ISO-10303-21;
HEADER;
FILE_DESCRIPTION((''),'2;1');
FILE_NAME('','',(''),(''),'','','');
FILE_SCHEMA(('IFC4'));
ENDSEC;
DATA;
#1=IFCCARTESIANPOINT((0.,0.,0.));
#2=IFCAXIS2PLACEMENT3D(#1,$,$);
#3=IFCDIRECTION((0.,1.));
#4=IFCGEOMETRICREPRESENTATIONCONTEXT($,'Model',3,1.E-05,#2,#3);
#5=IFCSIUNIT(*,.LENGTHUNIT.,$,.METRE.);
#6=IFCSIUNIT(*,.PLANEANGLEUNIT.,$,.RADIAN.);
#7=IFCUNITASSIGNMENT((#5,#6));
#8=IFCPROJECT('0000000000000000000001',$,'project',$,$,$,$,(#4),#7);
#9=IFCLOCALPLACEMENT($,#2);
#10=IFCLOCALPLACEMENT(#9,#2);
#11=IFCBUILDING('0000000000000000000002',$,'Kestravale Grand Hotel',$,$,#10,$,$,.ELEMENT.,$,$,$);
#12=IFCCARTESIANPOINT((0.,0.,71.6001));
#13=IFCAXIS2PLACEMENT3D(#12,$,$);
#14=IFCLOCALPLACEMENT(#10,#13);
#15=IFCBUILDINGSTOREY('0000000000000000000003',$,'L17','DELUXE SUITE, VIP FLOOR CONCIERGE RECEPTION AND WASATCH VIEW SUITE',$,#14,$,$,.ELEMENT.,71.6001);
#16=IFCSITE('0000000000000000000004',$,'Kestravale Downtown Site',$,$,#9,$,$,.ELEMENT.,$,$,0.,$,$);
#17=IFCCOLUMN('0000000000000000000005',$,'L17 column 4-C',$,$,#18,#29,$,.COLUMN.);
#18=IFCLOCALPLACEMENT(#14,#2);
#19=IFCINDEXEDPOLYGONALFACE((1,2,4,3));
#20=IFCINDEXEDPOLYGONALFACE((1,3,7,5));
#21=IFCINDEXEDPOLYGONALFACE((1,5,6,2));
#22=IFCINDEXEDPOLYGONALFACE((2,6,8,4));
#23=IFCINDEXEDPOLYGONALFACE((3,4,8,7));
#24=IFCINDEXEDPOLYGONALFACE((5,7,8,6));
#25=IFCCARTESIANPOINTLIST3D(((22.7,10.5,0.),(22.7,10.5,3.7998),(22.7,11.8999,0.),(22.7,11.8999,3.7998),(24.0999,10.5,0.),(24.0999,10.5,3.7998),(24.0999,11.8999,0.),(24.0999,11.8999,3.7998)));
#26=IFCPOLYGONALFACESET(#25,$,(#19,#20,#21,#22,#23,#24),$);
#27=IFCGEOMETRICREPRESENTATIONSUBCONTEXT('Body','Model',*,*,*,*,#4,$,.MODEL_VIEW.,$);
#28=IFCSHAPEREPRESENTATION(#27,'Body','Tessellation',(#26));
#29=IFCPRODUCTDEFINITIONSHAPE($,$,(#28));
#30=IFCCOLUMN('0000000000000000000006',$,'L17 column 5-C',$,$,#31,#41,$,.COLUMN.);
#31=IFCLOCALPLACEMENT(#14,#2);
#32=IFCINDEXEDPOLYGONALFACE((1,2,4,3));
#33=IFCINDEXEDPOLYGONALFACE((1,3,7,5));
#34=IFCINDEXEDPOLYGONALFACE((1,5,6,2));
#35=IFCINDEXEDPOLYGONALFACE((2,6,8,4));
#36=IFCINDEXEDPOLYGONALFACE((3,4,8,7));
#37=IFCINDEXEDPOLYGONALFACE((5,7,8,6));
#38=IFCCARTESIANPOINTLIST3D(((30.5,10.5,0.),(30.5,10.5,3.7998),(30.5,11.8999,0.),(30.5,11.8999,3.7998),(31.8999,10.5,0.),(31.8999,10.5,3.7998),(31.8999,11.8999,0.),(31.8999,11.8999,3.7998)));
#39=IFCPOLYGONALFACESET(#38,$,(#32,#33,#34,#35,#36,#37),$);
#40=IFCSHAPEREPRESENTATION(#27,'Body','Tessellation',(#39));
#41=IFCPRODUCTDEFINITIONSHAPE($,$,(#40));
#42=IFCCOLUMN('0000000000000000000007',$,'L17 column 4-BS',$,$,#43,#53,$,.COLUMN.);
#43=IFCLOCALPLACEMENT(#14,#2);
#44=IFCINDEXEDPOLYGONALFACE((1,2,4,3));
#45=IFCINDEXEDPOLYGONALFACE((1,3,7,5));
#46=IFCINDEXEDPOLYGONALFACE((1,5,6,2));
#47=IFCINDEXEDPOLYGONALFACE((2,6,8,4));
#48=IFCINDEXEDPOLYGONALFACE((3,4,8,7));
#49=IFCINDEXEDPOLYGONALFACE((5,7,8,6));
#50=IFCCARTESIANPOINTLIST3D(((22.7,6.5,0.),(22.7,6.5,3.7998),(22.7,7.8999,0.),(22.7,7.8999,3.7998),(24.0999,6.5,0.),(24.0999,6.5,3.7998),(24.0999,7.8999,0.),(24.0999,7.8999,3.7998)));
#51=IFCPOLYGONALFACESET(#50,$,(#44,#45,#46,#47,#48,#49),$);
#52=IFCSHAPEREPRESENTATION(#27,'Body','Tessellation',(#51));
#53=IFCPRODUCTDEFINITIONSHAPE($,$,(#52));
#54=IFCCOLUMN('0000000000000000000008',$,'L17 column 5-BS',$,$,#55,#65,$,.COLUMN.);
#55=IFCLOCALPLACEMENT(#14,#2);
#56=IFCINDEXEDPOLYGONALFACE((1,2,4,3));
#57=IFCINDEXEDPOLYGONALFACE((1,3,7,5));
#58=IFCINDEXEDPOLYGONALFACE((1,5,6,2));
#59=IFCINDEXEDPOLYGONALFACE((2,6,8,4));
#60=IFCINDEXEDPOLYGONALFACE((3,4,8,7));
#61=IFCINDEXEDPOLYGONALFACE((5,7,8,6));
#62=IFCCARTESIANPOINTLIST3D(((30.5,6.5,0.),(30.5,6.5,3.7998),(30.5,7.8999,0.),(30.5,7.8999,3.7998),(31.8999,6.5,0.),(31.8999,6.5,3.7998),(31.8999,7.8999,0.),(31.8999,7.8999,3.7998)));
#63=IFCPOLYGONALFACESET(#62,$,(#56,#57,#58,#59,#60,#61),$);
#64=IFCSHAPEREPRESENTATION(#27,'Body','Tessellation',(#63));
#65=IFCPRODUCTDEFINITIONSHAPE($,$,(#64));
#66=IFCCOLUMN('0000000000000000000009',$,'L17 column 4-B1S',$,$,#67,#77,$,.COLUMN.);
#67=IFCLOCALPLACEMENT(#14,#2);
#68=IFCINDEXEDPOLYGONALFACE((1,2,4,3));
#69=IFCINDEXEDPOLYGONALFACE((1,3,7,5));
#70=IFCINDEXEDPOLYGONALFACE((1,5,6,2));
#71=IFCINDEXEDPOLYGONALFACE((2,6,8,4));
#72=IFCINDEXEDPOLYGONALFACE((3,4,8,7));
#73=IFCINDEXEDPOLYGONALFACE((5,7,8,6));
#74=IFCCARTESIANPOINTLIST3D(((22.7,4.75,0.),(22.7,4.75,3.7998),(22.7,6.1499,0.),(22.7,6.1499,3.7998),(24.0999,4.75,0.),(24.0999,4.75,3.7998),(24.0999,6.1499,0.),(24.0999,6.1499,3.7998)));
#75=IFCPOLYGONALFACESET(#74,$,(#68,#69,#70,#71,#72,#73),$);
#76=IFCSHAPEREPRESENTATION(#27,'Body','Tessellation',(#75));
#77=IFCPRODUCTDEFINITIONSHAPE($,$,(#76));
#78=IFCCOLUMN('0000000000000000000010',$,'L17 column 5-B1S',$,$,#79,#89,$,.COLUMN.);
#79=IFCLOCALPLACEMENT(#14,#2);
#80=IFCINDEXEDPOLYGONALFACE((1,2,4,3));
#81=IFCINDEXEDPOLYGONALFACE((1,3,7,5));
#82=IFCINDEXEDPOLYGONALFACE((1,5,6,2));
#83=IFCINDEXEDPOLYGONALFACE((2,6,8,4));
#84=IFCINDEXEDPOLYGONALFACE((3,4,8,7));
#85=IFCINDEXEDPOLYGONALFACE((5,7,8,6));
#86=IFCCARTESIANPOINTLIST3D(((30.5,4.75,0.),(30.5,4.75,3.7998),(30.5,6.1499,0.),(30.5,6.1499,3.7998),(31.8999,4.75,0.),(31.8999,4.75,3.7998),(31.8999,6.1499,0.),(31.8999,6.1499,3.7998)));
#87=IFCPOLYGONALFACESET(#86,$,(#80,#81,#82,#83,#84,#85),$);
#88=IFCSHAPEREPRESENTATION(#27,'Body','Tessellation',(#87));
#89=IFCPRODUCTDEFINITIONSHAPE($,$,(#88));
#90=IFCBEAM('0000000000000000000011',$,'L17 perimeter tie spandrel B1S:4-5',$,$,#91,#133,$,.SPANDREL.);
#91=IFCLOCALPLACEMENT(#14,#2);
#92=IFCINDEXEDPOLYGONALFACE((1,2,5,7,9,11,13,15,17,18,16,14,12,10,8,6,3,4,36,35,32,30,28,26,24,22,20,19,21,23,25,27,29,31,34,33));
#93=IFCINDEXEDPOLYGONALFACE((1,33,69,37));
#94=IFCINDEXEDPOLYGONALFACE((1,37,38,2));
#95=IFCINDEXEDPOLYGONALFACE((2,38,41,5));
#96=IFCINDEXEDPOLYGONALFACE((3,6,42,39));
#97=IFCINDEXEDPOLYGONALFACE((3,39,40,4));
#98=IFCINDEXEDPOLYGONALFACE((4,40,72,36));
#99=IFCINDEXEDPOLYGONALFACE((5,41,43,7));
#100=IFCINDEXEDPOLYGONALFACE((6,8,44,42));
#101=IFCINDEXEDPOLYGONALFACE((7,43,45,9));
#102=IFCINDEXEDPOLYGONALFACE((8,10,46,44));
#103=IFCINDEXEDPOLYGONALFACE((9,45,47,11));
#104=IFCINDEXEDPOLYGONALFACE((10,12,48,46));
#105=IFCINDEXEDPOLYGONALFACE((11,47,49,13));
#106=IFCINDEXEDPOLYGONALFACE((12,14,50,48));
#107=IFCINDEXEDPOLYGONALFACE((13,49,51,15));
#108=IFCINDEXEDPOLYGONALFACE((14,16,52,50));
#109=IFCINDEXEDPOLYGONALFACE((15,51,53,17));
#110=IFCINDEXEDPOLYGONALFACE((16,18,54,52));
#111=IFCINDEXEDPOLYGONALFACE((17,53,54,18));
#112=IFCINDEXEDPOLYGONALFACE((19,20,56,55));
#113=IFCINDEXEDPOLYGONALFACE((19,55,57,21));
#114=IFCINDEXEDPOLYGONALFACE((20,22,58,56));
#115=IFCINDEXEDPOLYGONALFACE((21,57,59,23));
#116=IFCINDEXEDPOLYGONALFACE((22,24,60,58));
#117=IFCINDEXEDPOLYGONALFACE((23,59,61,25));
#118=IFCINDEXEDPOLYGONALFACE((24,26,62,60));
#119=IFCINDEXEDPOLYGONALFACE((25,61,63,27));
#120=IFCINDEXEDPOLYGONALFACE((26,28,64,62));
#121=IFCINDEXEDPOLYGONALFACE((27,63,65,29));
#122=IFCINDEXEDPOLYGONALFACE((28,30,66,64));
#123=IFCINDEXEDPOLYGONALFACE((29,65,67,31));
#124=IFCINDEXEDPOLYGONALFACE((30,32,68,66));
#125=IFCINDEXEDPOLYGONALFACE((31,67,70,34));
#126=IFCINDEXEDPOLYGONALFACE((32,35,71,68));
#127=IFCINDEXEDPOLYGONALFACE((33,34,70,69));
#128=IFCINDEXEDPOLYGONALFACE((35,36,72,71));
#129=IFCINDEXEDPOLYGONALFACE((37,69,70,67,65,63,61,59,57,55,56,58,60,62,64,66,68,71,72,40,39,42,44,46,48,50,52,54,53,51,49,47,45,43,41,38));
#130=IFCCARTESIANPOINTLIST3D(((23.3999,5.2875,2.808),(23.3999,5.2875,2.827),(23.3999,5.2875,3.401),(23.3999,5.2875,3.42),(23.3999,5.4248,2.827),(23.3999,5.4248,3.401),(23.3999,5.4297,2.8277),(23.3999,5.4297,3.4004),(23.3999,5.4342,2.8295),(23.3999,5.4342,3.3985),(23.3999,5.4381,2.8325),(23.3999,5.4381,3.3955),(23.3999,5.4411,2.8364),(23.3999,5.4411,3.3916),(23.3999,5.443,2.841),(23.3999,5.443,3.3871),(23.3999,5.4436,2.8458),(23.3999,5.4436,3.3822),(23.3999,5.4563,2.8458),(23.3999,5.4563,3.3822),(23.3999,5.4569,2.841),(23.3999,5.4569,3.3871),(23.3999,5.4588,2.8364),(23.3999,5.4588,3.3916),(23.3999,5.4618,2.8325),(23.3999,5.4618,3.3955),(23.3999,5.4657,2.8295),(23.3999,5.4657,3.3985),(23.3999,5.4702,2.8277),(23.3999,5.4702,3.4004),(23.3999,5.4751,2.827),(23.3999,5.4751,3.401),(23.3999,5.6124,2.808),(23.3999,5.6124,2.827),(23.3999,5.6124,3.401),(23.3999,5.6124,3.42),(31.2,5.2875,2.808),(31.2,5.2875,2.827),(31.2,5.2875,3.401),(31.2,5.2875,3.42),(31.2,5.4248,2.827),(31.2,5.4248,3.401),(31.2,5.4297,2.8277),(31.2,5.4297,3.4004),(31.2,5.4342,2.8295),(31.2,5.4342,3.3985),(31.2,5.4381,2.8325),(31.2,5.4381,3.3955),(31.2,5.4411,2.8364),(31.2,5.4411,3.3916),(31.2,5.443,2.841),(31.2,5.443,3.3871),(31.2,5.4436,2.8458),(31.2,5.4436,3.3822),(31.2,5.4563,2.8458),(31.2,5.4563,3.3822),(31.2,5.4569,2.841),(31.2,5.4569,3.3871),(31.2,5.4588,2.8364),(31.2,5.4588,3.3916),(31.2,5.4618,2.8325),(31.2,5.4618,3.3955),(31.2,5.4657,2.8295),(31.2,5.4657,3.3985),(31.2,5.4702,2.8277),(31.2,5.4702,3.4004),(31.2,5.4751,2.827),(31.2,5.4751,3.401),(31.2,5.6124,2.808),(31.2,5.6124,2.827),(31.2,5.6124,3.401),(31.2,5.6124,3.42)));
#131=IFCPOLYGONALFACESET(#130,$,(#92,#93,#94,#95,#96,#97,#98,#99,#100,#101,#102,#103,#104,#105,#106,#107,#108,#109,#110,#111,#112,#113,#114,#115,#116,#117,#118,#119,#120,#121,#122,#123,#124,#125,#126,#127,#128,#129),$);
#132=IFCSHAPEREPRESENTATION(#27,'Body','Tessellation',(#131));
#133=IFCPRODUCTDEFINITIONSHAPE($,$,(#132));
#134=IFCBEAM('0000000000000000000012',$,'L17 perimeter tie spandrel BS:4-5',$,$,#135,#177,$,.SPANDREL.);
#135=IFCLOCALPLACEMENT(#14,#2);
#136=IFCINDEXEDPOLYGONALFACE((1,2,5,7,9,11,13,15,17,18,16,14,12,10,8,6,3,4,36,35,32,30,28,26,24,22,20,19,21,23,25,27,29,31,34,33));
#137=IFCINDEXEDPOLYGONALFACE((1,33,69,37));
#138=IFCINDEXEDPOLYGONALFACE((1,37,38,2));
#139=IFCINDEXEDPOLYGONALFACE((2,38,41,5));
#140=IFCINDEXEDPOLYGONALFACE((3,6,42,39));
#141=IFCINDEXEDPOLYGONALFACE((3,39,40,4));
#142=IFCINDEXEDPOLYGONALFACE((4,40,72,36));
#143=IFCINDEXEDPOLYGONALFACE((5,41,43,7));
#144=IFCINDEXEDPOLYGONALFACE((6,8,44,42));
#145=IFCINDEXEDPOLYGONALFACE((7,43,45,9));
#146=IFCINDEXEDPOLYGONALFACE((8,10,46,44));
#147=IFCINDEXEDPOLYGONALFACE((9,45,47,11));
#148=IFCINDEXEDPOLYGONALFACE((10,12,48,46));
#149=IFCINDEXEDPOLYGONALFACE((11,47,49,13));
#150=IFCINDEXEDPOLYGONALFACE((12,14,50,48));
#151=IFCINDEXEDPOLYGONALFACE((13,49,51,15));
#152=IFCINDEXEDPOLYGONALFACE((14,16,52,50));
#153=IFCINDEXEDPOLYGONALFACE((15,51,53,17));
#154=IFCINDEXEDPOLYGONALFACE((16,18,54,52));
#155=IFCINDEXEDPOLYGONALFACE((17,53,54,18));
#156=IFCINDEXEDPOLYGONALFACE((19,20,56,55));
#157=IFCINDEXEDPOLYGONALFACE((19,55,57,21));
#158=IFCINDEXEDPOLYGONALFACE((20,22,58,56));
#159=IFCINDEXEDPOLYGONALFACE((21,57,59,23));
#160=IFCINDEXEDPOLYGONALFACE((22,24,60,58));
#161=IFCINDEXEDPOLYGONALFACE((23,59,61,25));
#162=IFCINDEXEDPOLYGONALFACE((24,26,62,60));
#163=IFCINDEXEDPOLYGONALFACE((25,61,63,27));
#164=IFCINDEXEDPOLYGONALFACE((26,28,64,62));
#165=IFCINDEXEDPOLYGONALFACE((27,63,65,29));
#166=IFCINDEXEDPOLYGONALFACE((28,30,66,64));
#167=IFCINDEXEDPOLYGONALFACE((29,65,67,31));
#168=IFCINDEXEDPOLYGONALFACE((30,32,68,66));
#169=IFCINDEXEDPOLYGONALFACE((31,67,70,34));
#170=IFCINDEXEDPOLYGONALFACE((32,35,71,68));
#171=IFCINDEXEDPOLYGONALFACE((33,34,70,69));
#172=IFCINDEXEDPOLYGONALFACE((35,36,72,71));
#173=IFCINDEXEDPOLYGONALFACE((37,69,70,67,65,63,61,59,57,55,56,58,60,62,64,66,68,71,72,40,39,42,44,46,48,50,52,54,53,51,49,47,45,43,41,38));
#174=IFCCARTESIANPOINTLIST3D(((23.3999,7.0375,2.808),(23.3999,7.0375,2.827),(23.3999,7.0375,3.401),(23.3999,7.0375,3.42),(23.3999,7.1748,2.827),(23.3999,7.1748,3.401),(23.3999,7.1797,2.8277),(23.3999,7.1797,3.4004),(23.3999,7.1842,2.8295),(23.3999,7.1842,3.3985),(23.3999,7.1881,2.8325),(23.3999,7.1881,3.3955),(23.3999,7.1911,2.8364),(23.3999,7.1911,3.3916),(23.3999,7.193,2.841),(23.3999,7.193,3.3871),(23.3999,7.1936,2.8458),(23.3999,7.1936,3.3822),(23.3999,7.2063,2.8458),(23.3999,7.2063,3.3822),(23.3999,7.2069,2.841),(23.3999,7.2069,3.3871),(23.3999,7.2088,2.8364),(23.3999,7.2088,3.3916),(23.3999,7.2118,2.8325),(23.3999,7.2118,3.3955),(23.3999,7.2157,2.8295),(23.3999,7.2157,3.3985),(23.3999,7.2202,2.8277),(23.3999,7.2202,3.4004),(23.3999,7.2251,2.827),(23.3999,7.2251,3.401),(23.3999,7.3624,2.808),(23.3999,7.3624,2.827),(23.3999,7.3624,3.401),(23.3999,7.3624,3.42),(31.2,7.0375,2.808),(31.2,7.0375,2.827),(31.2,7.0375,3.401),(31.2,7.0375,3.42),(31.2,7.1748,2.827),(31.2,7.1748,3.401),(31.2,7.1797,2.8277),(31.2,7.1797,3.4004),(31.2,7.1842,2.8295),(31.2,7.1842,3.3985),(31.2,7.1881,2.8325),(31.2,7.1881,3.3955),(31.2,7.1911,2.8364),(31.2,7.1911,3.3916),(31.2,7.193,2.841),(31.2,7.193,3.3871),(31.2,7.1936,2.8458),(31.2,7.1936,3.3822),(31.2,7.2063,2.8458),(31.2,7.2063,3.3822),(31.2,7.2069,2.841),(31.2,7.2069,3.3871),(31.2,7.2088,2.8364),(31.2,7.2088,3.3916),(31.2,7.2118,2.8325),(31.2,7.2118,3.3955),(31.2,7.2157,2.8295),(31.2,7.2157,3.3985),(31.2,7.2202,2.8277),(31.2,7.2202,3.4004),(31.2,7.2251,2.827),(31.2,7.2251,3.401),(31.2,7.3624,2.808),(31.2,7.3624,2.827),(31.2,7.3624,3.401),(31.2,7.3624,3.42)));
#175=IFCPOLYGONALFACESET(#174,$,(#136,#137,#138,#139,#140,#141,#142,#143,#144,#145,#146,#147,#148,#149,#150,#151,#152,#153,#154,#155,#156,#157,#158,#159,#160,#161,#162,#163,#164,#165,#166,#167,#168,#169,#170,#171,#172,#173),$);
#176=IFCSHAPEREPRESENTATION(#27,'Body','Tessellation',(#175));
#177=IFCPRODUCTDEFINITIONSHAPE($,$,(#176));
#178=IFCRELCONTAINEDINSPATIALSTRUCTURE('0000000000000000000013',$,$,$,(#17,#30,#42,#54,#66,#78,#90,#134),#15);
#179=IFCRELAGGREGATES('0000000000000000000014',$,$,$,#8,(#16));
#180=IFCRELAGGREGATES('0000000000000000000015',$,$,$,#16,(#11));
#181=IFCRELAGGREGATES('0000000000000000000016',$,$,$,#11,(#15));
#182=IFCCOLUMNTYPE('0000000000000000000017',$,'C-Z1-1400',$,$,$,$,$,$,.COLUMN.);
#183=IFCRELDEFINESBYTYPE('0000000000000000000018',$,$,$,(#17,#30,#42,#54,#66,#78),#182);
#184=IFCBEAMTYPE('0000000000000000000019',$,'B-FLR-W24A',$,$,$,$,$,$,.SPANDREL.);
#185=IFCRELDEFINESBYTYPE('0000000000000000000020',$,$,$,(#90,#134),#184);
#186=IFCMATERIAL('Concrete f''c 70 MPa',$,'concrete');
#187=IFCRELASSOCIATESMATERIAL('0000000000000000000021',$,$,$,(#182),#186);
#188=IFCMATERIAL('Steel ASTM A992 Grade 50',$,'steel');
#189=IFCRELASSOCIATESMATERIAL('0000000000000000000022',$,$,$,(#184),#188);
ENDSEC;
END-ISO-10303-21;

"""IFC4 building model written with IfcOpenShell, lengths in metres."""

from ifc_helpers import new_model, si_unit, direction, frame, origin, origin_2d, place, context, subcontext, project, spatial, rectangle, i_section, extrude, material, material_profile, profile_set, type_object, element, save


model = new_model("IFC4")

# Units and contexts
model_context = context("Model", 3, precision=1e-05, world=origin(), true_north=direction((0.0, 1.0)))
body_context = subcontext(model_context, "Body", "Model", "MODEL_VIEW")
ifc_project = project(units=[si_unit("LENGTHUNIT", "METRE"), si_unit("PLANEANGLEUNIT", "RADIAN")], contexts=[model_context])

# Site, building, storey
site_placement = place(None, origin())
site = spatial("IfcSite", under=ifc_project, at=site_placement, Name="Kestravale Downtown Site", CompositionType="ELEMENT", RefElevation=0.0)
building_placement = place(site_placement, origin())
building = spatial("IfcBuilding", under=site, at=building_placement, Name="Kestravale Grand Hotel", CompositionType="ELEMENT")
storey_placement = place(building_placement, frame((0.0, 0.0, 71.6001)))
storey = spatial("IfcBuildingStorey", under=building, at=storey_placement, Name="L17", Description="DELUXE SUITE, VIP FLOOR CONCIERGE RECEPTION AND WASATCH VIEW SUITE", CompositionType="ELEMENT", Elevation=71.6001)

# Columns
ifc_material_1 = material(Name="Concrete f'c 70 MPa", Category="concrete")
ifc_material_profile_1 = material_profile(ifc_material_1, rectangle(XDim=1.3999, YDim=1.3999, at=origin_2d()))
ifc_profile_set_1 = profile_set([ifc_material_profile_1], Name="Concrete f'c 70 MPa")
column_type = type_object("IfcColumnType", Name="C-Z1-1400", PredefinedType="COLUMN", material=ifc_profile_set_1)
for number, where, z_axis, x_axis, name in (
    (1, (23.3999, 11.2, 0.0), (0.0, 0.0, 1.0), (1.0, 0.0, 0.0), "L17 column 4-C"),
    (2, (31.2, 11.2, 0.0), (0.0, 0.0, 1.0), (1.0, 0.0, 0.0), "L17 column 5-C"),
    (3, (23.3999, 7.2, 0.0), (0.0, 0.0, 1.0), (1.0, 0.0, 0.0), "L17 column 4-BS"),
    (4, (31.2, 7.2, 0.0), (0.0, 0.0, 1.0), (1.0, 0.0, 0.0), "L17 column 5-BS"),
    (5, (23.3999, 5.45, 0.0), (0.0, 0.0, 1.0), (1.0, 0.0, 0.0), "L17 column 4-B1S"),
    (6, (31.2, 5.45, 0.0), (0.0, 0.0, 1.0), (1.0, 0.0, 0.0), "L17 column 5-B1S"),
):
    element("IfcColumn", number, at=place(storey_placement, frame(where, z_axis=z_axis, x_axis=x_axis)), inside=storey, type_object=column_type, Name=name, PredefinedType="COLUMN", context=body_context, shape_type="SweptSolid", body=[
        extrude(rectangle(XDim=1.3999, YDim=1.3999, at=origin_2d()), origin(), (0.0, 0.0, 1.0), 3.7998),
    ])

# Beams
ifc_material_2 = material(Name="Steel ASTM A992 Grade 50", Category="steel")
ifc_material_profile_2 = material_profile(ifc_material_2, i_section(OverallWidth=0.325, OverallDepth=0.6121, WebThickness=0.0127, FlangeThickness=0.019, FilletRadius=0.0188, at=origin_2d()))
ifc_profile_set_2 = profile_set([ifc_material_profile_2], Name="Steel ASTM A992 Grade 50")
beam_type_1 = type_object("IfcBeamType", Name="B-FLR-W24A", PredefinedType="SPANDREL", material=ifc_profile_set_2)
for number, where, z_axis, x_axis, name in (
    (7, (23.3999, 5.45, 3.114), (1.0, 0.0, 0.0), (0.0, 1.0, 0.0), "L17 perimeter tie spandrel B1S:4-5"),
    (8, (23.3999, 7.2, 3.114), (1.0, 0.0, 0.0), (0.0, 1.0, 0.0), "L17 perimeter tie spandrel BS:4-5"),
):
    element("IfcBeam", number, at=place(storey_placement, frame(where, z_axis=z_axis, x_axis=x_axis)), inside=storey, type_object=beam_type_1, Name=name, PredefinedType="SPANDREL", context=body_context, shape_type="SweptSolid", body=[
        extrude(i_section(OverallWidth=0.325, OverallDepth=0.6121, WebThickness=0.0127, FlangeThickness=0.019, FilletRadius=0.0188, at=origin_2d()), origin(), (0.0, 0.0, 1.0), 7.8),
    ])

save(model, "model.ifc")
